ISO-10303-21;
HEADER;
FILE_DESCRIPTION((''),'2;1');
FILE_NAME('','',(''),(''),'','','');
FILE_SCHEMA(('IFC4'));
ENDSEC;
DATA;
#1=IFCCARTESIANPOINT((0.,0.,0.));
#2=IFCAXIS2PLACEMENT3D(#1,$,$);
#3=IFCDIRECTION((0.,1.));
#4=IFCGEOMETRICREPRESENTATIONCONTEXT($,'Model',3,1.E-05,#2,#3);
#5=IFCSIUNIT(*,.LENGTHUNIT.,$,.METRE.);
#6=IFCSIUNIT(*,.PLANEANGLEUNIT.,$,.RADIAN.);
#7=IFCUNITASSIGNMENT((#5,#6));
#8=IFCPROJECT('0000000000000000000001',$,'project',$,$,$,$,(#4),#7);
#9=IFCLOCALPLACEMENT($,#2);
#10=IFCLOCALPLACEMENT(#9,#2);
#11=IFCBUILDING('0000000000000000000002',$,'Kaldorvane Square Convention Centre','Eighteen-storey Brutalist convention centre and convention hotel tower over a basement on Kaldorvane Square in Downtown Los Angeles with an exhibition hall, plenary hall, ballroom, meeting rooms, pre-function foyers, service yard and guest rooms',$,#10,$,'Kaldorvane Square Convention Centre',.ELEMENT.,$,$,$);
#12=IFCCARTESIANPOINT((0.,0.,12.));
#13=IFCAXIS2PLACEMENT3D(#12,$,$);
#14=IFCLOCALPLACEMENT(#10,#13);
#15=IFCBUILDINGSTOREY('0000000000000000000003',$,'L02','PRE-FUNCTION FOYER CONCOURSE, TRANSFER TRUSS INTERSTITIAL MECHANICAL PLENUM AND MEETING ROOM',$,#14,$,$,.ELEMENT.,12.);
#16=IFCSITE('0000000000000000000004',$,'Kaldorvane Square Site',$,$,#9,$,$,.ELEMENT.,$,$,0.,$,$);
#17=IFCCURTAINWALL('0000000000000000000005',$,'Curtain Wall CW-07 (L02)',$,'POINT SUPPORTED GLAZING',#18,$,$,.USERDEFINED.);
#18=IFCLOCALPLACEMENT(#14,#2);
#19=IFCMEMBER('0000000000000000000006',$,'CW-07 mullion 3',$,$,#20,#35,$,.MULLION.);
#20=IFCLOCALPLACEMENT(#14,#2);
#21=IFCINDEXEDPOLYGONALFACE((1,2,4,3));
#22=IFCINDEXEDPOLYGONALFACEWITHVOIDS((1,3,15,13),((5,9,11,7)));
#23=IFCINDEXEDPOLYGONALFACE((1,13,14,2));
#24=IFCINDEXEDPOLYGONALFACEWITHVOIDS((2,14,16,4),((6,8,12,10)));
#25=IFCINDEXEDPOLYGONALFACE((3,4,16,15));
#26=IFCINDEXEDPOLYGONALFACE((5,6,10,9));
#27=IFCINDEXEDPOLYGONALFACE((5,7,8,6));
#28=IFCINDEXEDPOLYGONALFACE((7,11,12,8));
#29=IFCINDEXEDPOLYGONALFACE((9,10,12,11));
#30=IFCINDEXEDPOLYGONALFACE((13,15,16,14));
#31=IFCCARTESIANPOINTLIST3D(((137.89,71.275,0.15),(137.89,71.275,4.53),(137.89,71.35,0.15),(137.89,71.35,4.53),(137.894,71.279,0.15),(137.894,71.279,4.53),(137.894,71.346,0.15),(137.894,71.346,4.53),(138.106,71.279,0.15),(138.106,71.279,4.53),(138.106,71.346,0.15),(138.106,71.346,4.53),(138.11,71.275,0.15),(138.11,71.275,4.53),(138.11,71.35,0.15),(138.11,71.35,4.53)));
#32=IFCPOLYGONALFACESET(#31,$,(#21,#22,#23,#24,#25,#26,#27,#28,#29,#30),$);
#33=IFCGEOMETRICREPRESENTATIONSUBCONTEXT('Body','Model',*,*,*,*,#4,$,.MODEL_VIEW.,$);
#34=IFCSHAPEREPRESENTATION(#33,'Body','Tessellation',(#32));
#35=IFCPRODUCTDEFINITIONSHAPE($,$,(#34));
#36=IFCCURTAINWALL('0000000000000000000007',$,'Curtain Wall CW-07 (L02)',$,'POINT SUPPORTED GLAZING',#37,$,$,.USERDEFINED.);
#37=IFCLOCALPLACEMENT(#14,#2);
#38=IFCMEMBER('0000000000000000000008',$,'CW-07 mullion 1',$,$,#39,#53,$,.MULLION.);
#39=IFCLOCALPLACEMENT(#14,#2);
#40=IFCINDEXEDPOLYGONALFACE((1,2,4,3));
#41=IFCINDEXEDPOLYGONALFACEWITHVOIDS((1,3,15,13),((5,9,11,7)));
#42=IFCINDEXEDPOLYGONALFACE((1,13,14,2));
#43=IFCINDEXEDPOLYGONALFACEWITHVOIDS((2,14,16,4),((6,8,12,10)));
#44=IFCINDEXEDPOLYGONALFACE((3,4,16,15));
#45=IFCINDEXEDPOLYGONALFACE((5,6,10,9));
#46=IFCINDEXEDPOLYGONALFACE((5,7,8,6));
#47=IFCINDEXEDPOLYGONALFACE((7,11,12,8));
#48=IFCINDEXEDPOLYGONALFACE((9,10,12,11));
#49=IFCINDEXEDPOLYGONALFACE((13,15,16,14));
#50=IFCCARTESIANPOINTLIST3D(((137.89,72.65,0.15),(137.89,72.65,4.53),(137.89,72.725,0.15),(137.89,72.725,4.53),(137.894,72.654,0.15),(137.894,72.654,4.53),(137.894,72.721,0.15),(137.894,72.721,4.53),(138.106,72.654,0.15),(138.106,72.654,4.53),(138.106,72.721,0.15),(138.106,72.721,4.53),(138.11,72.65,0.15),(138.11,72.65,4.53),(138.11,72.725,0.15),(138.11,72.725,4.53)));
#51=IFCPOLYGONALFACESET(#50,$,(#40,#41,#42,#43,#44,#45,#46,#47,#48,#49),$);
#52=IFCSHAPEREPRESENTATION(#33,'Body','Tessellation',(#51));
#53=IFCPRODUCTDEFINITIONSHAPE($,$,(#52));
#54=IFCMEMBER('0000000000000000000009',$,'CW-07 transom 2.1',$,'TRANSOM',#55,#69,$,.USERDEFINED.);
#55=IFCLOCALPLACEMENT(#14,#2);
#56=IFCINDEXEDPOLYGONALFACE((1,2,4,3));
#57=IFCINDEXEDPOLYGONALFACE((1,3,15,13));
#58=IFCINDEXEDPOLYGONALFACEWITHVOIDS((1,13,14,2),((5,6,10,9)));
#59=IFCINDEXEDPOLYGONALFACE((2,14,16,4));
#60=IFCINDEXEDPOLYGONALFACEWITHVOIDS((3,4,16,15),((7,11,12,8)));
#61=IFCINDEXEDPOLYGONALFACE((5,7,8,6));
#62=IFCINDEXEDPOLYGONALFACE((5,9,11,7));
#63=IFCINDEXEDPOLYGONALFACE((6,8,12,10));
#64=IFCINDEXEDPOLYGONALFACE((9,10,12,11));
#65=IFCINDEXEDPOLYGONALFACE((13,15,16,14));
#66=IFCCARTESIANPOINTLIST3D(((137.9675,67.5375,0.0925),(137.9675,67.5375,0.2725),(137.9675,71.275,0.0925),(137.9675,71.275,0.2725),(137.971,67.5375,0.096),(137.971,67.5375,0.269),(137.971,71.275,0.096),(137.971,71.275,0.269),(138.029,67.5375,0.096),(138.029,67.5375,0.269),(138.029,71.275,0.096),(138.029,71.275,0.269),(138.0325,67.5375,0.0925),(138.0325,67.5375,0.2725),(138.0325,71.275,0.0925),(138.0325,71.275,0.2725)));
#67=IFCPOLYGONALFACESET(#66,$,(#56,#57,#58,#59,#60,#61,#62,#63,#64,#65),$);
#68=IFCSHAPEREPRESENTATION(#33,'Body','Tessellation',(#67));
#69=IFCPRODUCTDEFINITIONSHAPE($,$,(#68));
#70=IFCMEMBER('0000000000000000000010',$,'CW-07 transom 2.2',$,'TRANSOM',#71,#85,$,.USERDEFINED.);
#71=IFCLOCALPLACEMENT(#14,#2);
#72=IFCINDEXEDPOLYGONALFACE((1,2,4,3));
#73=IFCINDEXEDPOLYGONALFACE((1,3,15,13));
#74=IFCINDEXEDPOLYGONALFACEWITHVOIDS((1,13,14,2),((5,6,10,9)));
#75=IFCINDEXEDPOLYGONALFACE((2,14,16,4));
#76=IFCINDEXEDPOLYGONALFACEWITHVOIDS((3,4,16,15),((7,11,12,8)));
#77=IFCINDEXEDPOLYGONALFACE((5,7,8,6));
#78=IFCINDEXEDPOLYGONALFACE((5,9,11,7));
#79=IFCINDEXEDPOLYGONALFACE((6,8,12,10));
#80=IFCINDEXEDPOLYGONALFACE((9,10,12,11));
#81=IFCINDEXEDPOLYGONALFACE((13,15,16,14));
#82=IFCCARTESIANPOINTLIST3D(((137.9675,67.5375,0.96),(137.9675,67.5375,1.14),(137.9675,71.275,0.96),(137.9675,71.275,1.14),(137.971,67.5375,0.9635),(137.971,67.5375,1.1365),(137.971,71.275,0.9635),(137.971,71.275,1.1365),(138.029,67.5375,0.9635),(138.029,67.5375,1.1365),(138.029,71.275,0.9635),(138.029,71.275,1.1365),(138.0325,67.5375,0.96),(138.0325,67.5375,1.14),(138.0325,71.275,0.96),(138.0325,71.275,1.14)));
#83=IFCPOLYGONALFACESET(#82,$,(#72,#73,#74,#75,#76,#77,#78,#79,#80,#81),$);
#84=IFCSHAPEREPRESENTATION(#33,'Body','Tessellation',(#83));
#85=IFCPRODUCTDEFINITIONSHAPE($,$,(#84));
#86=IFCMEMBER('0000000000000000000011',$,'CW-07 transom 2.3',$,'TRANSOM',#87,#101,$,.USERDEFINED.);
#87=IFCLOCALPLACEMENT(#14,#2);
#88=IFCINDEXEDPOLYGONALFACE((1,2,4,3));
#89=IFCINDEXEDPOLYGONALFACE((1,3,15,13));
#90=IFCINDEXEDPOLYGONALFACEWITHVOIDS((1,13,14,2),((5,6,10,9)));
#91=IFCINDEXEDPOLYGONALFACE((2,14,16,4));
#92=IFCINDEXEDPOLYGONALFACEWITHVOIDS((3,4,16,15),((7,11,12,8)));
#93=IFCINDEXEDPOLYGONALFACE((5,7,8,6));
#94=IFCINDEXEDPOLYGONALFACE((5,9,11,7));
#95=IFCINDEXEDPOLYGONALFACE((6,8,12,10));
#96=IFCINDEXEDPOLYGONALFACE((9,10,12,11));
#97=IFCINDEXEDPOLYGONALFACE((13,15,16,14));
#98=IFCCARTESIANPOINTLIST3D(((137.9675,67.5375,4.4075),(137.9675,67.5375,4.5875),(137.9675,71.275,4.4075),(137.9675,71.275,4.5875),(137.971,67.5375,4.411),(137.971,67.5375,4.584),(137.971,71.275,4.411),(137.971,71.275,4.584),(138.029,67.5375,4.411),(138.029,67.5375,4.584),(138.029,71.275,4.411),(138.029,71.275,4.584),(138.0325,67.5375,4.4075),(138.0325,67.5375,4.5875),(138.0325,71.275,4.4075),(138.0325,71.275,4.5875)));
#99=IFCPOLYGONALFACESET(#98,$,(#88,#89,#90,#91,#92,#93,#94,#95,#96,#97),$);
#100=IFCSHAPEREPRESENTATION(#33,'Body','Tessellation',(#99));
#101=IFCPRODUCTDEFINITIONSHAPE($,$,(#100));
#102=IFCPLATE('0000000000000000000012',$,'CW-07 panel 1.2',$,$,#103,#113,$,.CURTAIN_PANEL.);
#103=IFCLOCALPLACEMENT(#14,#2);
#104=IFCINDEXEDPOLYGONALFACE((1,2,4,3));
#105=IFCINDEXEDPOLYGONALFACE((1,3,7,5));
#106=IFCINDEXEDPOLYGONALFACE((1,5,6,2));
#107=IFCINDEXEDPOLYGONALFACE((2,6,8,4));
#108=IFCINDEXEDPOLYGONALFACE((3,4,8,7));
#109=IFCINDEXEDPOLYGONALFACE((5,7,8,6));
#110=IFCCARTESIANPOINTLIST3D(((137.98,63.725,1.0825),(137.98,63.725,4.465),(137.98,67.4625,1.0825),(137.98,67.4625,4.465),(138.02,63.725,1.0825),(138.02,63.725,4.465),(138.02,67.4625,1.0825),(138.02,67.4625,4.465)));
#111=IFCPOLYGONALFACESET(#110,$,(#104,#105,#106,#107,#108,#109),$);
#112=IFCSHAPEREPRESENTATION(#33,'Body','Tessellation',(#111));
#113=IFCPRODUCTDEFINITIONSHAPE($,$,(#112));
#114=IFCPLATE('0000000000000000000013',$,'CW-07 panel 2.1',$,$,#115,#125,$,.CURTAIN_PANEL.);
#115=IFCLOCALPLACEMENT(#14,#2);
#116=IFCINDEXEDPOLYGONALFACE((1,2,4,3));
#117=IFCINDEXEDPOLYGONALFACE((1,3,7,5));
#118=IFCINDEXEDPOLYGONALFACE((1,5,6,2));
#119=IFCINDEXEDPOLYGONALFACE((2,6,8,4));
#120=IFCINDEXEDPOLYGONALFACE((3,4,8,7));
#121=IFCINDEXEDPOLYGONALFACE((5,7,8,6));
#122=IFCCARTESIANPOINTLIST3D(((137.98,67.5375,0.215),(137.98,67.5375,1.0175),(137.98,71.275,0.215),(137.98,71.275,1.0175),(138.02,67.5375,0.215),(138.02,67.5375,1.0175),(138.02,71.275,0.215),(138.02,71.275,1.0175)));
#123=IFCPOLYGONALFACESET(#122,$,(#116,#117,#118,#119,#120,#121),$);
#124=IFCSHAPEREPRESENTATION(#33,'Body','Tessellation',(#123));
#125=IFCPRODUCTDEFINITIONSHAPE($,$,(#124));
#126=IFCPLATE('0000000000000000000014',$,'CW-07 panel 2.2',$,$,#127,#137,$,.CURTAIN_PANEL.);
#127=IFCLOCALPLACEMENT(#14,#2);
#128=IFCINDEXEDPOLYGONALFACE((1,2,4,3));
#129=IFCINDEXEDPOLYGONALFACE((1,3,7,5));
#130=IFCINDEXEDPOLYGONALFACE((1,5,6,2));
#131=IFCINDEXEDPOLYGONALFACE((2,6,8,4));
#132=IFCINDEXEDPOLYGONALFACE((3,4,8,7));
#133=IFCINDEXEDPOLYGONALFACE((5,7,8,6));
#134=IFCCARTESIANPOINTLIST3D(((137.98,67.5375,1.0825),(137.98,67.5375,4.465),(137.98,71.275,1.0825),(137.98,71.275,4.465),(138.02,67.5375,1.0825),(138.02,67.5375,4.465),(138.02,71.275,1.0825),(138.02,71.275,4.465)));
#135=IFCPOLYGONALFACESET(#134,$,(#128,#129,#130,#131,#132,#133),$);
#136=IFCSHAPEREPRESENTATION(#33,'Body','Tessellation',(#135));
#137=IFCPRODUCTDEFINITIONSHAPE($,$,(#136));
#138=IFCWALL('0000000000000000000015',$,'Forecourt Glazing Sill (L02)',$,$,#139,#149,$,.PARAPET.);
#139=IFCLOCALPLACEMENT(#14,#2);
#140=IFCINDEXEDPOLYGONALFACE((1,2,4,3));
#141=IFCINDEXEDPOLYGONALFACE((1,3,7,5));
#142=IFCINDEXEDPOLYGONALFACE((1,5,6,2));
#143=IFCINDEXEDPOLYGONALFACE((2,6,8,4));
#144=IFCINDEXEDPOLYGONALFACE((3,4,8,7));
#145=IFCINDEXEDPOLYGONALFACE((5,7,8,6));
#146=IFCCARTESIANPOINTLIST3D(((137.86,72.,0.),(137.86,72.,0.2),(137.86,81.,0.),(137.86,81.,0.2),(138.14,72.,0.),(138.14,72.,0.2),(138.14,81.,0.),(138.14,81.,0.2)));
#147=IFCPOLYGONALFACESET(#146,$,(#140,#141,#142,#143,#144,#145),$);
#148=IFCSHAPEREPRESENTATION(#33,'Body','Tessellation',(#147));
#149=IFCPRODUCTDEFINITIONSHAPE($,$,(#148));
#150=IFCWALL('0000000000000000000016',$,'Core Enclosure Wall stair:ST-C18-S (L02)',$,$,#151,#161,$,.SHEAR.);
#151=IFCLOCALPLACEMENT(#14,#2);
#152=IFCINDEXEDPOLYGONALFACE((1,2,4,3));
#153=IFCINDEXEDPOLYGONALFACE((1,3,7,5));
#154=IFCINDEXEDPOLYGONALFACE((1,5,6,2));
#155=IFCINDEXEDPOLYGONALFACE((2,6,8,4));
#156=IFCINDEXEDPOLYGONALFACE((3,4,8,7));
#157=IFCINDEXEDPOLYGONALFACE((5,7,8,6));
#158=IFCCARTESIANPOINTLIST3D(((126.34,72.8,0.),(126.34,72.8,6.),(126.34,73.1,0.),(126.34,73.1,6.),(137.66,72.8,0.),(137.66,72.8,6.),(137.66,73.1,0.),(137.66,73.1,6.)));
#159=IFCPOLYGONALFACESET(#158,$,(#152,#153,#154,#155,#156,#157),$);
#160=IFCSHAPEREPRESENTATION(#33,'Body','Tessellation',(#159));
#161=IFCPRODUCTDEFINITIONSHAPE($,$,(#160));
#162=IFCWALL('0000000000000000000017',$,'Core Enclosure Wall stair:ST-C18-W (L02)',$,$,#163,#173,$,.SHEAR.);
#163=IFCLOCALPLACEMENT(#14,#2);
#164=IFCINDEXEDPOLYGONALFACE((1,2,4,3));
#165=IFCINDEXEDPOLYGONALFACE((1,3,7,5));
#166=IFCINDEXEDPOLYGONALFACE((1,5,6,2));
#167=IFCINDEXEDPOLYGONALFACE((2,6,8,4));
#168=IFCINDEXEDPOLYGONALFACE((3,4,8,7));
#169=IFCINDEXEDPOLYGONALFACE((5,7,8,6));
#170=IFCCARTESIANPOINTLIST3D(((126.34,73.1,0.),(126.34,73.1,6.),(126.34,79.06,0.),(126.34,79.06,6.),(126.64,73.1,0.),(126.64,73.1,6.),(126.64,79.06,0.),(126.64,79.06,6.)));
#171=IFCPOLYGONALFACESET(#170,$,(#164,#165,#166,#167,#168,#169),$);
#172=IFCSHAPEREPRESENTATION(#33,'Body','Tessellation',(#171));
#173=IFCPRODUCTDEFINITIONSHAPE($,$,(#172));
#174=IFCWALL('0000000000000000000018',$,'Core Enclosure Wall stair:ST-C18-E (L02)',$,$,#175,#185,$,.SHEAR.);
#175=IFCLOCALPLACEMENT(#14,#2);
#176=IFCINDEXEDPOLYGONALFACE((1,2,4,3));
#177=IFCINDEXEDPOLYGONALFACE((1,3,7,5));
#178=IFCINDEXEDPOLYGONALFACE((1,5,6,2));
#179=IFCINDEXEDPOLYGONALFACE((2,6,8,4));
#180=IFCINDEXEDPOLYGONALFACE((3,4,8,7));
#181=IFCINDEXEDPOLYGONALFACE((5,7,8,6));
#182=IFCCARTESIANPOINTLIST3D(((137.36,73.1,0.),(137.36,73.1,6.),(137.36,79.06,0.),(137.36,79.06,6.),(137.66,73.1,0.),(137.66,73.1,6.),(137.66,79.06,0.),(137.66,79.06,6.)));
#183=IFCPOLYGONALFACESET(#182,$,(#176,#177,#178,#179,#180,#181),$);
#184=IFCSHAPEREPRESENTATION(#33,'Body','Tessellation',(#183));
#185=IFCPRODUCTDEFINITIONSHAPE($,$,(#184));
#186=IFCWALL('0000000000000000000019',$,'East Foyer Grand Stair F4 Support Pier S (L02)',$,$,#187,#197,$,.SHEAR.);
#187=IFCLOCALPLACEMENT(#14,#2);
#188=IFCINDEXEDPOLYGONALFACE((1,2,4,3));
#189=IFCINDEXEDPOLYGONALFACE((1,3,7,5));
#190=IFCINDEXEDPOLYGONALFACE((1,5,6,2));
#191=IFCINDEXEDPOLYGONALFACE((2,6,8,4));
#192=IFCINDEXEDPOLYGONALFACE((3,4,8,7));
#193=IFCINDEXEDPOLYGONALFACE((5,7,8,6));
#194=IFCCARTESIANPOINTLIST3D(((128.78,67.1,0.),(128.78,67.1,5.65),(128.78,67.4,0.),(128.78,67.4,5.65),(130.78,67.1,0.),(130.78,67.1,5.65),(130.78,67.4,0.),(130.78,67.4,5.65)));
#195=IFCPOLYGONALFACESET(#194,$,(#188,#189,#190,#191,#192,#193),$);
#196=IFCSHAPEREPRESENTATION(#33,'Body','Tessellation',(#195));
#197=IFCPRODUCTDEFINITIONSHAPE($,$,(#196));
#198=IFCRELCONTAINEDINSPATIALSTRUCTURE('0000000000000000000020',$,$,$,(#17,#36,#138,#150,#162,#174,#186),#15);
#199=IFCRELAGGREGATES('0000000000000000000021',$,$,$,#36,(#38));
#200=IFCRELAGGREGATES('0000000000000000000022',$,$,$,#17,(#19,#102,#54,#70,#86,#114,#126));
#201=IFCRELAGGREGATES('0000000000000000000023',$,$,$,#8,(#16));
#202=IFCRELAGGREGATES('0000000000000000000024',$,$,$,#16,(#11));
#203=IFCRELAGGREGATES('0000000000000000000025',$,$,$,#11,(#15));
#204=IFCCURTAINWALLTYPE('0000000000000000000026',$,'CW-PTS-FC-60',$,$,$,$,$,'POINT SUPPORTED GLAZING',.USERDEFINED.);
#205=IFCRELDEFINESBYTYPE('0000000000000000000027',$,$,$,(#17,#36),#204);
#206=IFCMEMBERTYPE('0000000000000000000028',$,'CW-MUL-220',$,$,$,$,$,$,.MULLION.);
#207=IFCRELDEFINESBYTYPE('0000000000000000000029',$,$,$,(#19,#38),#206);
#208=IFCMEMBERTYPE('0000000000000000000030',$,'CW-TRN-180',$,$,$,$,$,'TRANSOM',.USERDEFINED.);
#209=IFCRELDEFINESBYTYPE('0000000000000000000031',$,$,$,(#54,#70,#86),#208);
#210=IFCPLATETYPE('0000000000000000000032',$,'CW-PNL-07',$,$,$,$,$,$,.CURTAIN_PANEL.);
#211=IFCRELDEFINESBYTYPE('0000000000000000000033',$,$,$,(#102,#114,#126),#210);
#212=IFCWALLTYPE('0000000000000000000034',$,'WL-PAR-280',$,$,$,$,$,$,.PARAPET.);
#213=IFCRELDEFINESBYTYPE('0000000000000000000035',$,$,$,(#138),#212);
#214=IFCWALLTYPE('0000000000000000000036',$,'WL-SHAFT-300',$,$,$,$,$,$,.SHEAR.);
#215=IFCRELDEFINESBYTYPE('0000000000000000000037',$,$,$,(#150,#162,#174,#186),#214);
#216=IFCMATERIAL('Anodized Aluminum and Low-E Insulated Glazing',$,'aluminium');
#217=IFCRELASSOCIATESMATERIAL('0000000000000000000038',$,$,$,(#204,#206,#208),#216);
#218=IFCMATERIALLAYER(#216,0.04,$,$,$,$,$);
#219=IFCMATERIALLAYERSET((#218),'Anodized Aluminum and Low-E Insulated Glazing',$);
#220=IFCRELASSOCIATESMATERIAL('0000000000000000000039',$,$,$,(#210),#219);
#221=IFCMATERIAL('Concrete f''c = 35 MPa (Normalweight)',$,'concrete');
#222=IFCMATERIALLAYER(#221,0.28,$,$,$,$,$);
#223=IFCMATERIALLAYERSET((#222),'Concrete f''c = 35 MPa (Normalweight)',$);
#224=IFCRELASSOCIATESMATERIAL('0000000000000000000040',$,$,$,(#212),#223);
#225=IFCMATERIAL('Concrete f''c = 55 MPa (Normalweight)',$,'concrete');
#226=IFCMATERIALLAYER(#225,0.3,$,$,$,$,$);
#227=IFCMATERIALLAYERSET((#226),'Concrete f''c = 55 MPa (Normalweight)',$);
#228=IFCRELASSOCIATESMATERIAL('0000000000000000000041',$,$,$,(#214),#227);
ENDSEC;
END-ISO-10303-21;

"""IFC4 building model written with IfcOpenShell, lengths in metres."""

from ifc_helpers import new_model, si_unit, direction, frame, frame_2d, origin, origin_2d, place, context, subcontext, project, spatial, rectangle, hollow_rectangle, extrude, material, layer, layer_set, material_profile, profile_set, type_object, element, aggregate, save


model = new_model("IFC4")

# Units and contexts
model_context = context("Model", 3, precision=1e-05, world=origin(), true_north=direction((0.0, 1.0)))
body_context = subcontext(model_context, "Body", "Model", "MODEL_VIEW")
ifc_project = project(units=[si_unit("LENGTHUNIT", "METRE"), si_unit("PLANEANGLEUNIT", "RADIAN")], contexts=[model_context])

# Site, building, storey
site_placement = place(None, origin())
site = spatial("IfcSite", under=ifc_project, at=site_placement, Name="Kaldorvane Square Site", CompositionType="ELEMENT", RefElevation=0.0)
building_placement = place(site_placement, origin())
building = spatial("IfcBuilding", under=site, at=building_placement, Name="Kaldorvane Square Convention Centre", Description="Eighteen-storey Brutalist convention centre and convention hotel tower over a basement on Kaldorvane Square in Downtown Los Angeles with an exhibition hall, plenary hall, ballroom, meeting rooms, pre-function foyers, service yard and guest rooms", LongName="Kaldorvane Square Convention Centre", CompositionType="ELEMENT")
storey_placement = place(building_placement, frame((0.0, 0.0, 12.0)))
storey = spatial("IfcBuildingStorey", under=building, at=storey_placement, Name="L02", Description="PRE-FUNCTION FOYER CONCOURSE, TRANSFER TRUSS INTERSTITIAL MECHANICAL PLENUM AND MEETING ROOM", CompositionType="ELEMENT", Elevation=12.0)

# Curtain wall, member
ifc_material_1 = material(Name="Anodized Aluminum and Low-E Insulated Glazing", Category="aluminium")
curtain_wall_type = type_object("IfcCurtainWallType", Name="CW-PTS-FC-60", ElementType="POINT SUPPORTED GLAZING", PredefinedType="USERDEFINED", material=ifc_material_1)
curtain_wall_1_placement = place(storey_placement, origin())
curtain_wall_1 = element("IfcCurtainWall", 1, at=curtain_wall_1_placement, inside=storey, type_object=curtain_wall_type, Name="Curtain Wall CW-07 (L02)", ObjectType="POINT SUPPORTED GLAZING", PredefinedType="USERDEFINED")
ifc_material_profile_1 = material_profile(ifc_material_1, hollow_rectangle(XDim=0.075, YDim=0.22, WallThickness=0.004, at=origin_2d()), Name="CWM-220X75")
ifc_profile_set_1 = profile_set([ifc_material_profile_1], Name="Anodized Aluminum and Low-E Insulated Glazing")
member_type_1 = type_object("IfcMemberType", Name="CW-MUL-220", PredefinedType="MULLION", material=ifc_profile_set_1)
member_1_placement = place(storey_placement, frame((138.0, 71.3125, 0.15), z_axis=(0.0, 0.0, 1.0), x_axis=(0.0, 1.0, 0.0)))
member_1 = element("IfcMember", 2, at=member_1_placement, type_object=member_type_1, Name="CW-07 mullion 3", PredefinedType="MULLION", context=body_context, shape_type="SweptSolid", body=[
    extrude(hollow_rectangle(XDim=0.075, YDim=0.22, WallThickness=0.004, at=origin_2d()), origin(), (0.0, 0.0, 1.0), 4.38),
])

# Curtain wall, member
curtain_wall_2_placement = place(storey_placement, origin())
curtain_wall_2 = element("IfcCurtainWall", 3, at=curtain_wall_2_placement, inside=storey, type_object=curtain_wall_type, Name="Curtain Wall CW-07 (L02)", ObjectType="POINT SUPPORTED GLAZING", PredefinedType="USERDEFINED")
member_2_placement = place(storey_placement, frame((138.0, 72.6875, 0.15), z_axis=(0.0, 0.0, 1.0), x_axis=(0.0, 1.0, 0.0)))
member_2 = element("IfcMember", 4, at=member_2_placement, type_object=member_type_1, Name="CW-07 mullion 1", PredefinedType="MULLION", context=body_context, shape_type="SweptSolid", body=[
    extrude(hollow_rectangle(XDim=0.075, YDim=0.22, WallThickness=0.004, at=origin_2d()), origin(), (0.0, 0.0, 1.0), 4.38),
])
aggregate(curtain_wall_2, [member_2])

# Members
ifc_material_profile_2 = material_profile(ifc_material_1, hollow_rectangle(XDim=0.065, YDim=0.18, WallThickness=0.0035, at=origin_2d()), Name="CWT-180X65")
ifc_profile_set_2 = profile_set([ifc_material_profile_2], Name="Anodized Aluminum and Low-E Insulated Glazing")
member_type_2 = type_object("IfcMemberType", Name="CW-TRN-180", ElementType="TRANSOM", PredefinedType="USERDEFINED", material=ifc_profile_set_2)
member_3_placement = place(storey_placement, frame((138.0, 67.5375, 0.1825), z_axis=(0.0, 1.0, 0.0), x_axis=(-1.0, 0.0, 0.0)))
member_3 = element("IfcMember", 5, at=member_3_placement, type_object=member_type_2, Name="CW-07 transom 2.1", ObjectType="TRANSOM", PredefinedType="USERDEFINED", context=body_context, shape_type="SweptSolid", body=[
    extrude(hollow_rectangle(XDim=0.065, YDim=0.18, WallThickness=0.0035, at=origin_2d()), origin(), (0.0, 0.0, 1.0), 3.7375),
])
member_4_placement = place(storey_placement, frame((138.0, 67.5375, 1.05), z_axis=(0.0, 1.0, 0.0), x_axis=(-1.0, 0.0, 0.0)))
member_4 = element("IfcMember", 6, at=member_4_placement, type_object=member_type_2, Name="CW-07 transom 2.2", ObjectType="TRANSOM", PredefinedType="USERDEFINED", context=body_context, shape_type="SweptSolid", body=[
    extrude(hollow_rectangle(XDim=0.065, YDim=0.18, WallThickness=0.0035, at=origin_2d()), origin(), (0.0, 0.0, 1.0), 3.7375),
])
member_5_placement = place(storey_placement, frame((138.0, 67.5375, 4.4975), z_axis=(0.0, 1.0, 0.0), x_axis=(-1.0, 0.0, 0.0)))
member_5 = element("IfcMember", 7, at=member_5_placement, type_object=member_type_2, Name="CW-07 transom 2.3", ObjectType="TRANSOM", PredefinedType="USERDEFINED", context=body_context, shape_type="SweptSolid", body=[
    extrude(hollow_rectangle(XDim=0.065, YDim=0.18, WallThickness=0.0035, at=origin_2d()), origin(), (0.0, 0.0, 1.0), 3.7375),
])

# Plates
ifc_layer_1 = layer(ifc_material_1, 0.04)
ifc_layer_set_1 = layer_set([ifc_layer_1], Name="Anodized Aluminum and Low-E Insulated Glazing")
plate_type = type_object("IfcPlateType", Name="CW-PNL-07", PredefinedType="CURTAIN_PANEL", material=ifc_layer_set_1)
plate_1_placement = place(storey_placement, frame((138.0, 65.5938, 1.0825), z_axis=(0.0, 0.0, 1.0), x_axis=(0.0, 1.0, 0.0)))
plate_1 = element("IfcPlate", 8, at=plate_1_placement, type_object=plate_type, Name="CW-07 panel 1.2", PredefinedType="CURTAIN_PANEL", context=body_context, shape_type="SweptSolid", body=[
    extrude(rectangle(XDim=3.7375, YDim=0.04, at=origin_2d()), origin(), (0.0, 0.0, 1.0), 3.3825),
])
plate_2_placement = place(storey_placement, frame((138.0, 69.4062, 0.215), z_axis=(0.0, 0.0, 1.0), x_axis=(0.0, 1.0, 0.0)))
plate_2 = element("IfcPlate", 9, at=plate_2_placement, type_object=plate_type, Name="CW-07 panel 2.1", PredefinedType="CURTAIN_PANEL", context=body_context, shape_type="SweptSolid", body=[
    extrude(rectangle(XDim=3.7375, YDim=0.04, at=origin_2d()), origin(), (0.0, 0.0, 1.0), 0.8025),
])
plate_3_placement = place(storey_placement, frame((138.0, 69.4062, 1.0825), z_axis=(0.0, 0.0, 1.0), x_axis=(0.0, 1.0, 0.0)))
plate_3 = element("IfcPlate", 10, at=plate_3_placement, type_object=plate_type, Name="CW-07 panel 2.2", PredefinedType="CURTAIN_PANEL", context=body_context, shape_type="SweptSolid", body=[
    extrude(rectangle(XDim=3.7375, YDim=0.04, at=origin_2d()), origin(), (0.0, 0.0, 1.0), 3.3825),
])
aggregate(curtain_wall_1, [member_1, plate_1, member_3, member_4, member_5, plate_2, plate_3])

# Walls
ifc_material_2 = material(Name="Concrete f'c = 35 MPa (Normalweight)", Category="concrete")
ifc_layer_2 = layer(ifc_material_2, 0.28)
ifc_layer_set_2 = layer_set([ifc_layer_2], Name="Concrete f'c = 35 MPa (Normalweight)")
wall_type_1 = type_object("IfcWallType", Name="WL-PAR-280", PredefinedType="PARAPET", material=ifc_layer_set_2)
wall_1_placement = place(storey_placement, frame((138.0, 72.0, 0.0), z_axis=(0.0, 0.0, 1.0), x_axis=(0.0, 1.0, 0.0)))
element("IfcWall", 11, at=wall_1_placement, inside=storey, type_object=wall_type_1, Name="Forecourt Glazing Sill (L02)", PredefinedType="PARAPET", context=body_context, shape_type="SweptSolid", body=[
    extrude(rectangle(XDim=9.0, YDim=0.28, at=frame_2d((4.5, 0.0))), origin(), (0.0, 0.0, 1.0), 0.2),
])
ifc_material_3 = material(Name="Concrete f'c = 55 MPa (Normalweight)", Category="concrete")
ifc_layer_3 = layer(ifc_material_3, 0.3)
ifc_layer_set_3 = layer_set([ifc_layer_3], Name="Concrete f'c = 55 MPa (Normalweight)")
wall_type_2 = type_object("IfcWallType", Name="WL-SHAFT-300", PredefinedType="SHEAR", material=ifc_layer_set_3)
wall_2_placement = place(storey_placement, frame((126.34, 72.95, 0.0), z_axis=(0.0, 0.0, 1.0), x_axis=(1.0, 0.0, 0.0)))
element("IfcWall", 12, at=wall_2_placement, inside=storey, type_object=wall_type_2, Name="Core Enclosure Wall stair:ST-C18-S (L02)", PredefinedType="SHEAR", context=body_context, shape_type="SweptSolid", body=[
    extrude(rectangle(XDim=11.32, YDim=0.3, at=frame_2d((5.66, 0.0))), origin(), (0.0, 0.0, 1.0), 6.0),
])
for number, where, z_axis, x_axis, name in (
    (13, (126.49, 79.06, 0.0), (0.0, 0.0, 1.0), (0.0, -1.0, 0.0), "Core Enclosure Wall stair:ST-C18-W (L02)"),
    (14, (137.51, 73.1, 0.0), (0.0, 0.0, 1.0), (0.0, 1.0, 0.0), "Core Enclosure Wall stair:ST-C18-E (L02)"),
):
    element("IfcWall", number, at=place(storey_placement, frame(where, z_axis=z_axis, x_axis=x_axis)), inside=storey, type_object=wall_type_2, Name=name, PredefinedType="SHEAR", context=body_context, shape_type="SweptSolid", body=[
        extrude(rectangle(XDim=5.96, YDim=0.3, at=frame_2d((2.98, 0.0))), origin(), (0.0, 0.0, 1.0), 6.0),
    ])
for number, where, z_axis, x_axis, name in (
    (15, (128.78, 67.25, 0.0), (0.0, 0.0, 1.0), (1.0, 0.0, 0.0), "East Foyer Grand Stair F4 Support Pier S (L02)"),
):
    element("IfcWall", number, at=place(storey_placement, frame(where, z_axis=z_axis, x_axis=x_axis)), inside=storey, type_object=wall_type_2, Name=name, PredefinedType="SHEAR", context=body_context, shape_type="SweptSolid", body=[
        extrude(rectangle(XDim=2.0, YDim=0.3, at=frame_2d((1.0, 0.0))), origin(), (0.0, 0.0, 1.0), 5.65),
    ])

save(model, "model.ifc")
